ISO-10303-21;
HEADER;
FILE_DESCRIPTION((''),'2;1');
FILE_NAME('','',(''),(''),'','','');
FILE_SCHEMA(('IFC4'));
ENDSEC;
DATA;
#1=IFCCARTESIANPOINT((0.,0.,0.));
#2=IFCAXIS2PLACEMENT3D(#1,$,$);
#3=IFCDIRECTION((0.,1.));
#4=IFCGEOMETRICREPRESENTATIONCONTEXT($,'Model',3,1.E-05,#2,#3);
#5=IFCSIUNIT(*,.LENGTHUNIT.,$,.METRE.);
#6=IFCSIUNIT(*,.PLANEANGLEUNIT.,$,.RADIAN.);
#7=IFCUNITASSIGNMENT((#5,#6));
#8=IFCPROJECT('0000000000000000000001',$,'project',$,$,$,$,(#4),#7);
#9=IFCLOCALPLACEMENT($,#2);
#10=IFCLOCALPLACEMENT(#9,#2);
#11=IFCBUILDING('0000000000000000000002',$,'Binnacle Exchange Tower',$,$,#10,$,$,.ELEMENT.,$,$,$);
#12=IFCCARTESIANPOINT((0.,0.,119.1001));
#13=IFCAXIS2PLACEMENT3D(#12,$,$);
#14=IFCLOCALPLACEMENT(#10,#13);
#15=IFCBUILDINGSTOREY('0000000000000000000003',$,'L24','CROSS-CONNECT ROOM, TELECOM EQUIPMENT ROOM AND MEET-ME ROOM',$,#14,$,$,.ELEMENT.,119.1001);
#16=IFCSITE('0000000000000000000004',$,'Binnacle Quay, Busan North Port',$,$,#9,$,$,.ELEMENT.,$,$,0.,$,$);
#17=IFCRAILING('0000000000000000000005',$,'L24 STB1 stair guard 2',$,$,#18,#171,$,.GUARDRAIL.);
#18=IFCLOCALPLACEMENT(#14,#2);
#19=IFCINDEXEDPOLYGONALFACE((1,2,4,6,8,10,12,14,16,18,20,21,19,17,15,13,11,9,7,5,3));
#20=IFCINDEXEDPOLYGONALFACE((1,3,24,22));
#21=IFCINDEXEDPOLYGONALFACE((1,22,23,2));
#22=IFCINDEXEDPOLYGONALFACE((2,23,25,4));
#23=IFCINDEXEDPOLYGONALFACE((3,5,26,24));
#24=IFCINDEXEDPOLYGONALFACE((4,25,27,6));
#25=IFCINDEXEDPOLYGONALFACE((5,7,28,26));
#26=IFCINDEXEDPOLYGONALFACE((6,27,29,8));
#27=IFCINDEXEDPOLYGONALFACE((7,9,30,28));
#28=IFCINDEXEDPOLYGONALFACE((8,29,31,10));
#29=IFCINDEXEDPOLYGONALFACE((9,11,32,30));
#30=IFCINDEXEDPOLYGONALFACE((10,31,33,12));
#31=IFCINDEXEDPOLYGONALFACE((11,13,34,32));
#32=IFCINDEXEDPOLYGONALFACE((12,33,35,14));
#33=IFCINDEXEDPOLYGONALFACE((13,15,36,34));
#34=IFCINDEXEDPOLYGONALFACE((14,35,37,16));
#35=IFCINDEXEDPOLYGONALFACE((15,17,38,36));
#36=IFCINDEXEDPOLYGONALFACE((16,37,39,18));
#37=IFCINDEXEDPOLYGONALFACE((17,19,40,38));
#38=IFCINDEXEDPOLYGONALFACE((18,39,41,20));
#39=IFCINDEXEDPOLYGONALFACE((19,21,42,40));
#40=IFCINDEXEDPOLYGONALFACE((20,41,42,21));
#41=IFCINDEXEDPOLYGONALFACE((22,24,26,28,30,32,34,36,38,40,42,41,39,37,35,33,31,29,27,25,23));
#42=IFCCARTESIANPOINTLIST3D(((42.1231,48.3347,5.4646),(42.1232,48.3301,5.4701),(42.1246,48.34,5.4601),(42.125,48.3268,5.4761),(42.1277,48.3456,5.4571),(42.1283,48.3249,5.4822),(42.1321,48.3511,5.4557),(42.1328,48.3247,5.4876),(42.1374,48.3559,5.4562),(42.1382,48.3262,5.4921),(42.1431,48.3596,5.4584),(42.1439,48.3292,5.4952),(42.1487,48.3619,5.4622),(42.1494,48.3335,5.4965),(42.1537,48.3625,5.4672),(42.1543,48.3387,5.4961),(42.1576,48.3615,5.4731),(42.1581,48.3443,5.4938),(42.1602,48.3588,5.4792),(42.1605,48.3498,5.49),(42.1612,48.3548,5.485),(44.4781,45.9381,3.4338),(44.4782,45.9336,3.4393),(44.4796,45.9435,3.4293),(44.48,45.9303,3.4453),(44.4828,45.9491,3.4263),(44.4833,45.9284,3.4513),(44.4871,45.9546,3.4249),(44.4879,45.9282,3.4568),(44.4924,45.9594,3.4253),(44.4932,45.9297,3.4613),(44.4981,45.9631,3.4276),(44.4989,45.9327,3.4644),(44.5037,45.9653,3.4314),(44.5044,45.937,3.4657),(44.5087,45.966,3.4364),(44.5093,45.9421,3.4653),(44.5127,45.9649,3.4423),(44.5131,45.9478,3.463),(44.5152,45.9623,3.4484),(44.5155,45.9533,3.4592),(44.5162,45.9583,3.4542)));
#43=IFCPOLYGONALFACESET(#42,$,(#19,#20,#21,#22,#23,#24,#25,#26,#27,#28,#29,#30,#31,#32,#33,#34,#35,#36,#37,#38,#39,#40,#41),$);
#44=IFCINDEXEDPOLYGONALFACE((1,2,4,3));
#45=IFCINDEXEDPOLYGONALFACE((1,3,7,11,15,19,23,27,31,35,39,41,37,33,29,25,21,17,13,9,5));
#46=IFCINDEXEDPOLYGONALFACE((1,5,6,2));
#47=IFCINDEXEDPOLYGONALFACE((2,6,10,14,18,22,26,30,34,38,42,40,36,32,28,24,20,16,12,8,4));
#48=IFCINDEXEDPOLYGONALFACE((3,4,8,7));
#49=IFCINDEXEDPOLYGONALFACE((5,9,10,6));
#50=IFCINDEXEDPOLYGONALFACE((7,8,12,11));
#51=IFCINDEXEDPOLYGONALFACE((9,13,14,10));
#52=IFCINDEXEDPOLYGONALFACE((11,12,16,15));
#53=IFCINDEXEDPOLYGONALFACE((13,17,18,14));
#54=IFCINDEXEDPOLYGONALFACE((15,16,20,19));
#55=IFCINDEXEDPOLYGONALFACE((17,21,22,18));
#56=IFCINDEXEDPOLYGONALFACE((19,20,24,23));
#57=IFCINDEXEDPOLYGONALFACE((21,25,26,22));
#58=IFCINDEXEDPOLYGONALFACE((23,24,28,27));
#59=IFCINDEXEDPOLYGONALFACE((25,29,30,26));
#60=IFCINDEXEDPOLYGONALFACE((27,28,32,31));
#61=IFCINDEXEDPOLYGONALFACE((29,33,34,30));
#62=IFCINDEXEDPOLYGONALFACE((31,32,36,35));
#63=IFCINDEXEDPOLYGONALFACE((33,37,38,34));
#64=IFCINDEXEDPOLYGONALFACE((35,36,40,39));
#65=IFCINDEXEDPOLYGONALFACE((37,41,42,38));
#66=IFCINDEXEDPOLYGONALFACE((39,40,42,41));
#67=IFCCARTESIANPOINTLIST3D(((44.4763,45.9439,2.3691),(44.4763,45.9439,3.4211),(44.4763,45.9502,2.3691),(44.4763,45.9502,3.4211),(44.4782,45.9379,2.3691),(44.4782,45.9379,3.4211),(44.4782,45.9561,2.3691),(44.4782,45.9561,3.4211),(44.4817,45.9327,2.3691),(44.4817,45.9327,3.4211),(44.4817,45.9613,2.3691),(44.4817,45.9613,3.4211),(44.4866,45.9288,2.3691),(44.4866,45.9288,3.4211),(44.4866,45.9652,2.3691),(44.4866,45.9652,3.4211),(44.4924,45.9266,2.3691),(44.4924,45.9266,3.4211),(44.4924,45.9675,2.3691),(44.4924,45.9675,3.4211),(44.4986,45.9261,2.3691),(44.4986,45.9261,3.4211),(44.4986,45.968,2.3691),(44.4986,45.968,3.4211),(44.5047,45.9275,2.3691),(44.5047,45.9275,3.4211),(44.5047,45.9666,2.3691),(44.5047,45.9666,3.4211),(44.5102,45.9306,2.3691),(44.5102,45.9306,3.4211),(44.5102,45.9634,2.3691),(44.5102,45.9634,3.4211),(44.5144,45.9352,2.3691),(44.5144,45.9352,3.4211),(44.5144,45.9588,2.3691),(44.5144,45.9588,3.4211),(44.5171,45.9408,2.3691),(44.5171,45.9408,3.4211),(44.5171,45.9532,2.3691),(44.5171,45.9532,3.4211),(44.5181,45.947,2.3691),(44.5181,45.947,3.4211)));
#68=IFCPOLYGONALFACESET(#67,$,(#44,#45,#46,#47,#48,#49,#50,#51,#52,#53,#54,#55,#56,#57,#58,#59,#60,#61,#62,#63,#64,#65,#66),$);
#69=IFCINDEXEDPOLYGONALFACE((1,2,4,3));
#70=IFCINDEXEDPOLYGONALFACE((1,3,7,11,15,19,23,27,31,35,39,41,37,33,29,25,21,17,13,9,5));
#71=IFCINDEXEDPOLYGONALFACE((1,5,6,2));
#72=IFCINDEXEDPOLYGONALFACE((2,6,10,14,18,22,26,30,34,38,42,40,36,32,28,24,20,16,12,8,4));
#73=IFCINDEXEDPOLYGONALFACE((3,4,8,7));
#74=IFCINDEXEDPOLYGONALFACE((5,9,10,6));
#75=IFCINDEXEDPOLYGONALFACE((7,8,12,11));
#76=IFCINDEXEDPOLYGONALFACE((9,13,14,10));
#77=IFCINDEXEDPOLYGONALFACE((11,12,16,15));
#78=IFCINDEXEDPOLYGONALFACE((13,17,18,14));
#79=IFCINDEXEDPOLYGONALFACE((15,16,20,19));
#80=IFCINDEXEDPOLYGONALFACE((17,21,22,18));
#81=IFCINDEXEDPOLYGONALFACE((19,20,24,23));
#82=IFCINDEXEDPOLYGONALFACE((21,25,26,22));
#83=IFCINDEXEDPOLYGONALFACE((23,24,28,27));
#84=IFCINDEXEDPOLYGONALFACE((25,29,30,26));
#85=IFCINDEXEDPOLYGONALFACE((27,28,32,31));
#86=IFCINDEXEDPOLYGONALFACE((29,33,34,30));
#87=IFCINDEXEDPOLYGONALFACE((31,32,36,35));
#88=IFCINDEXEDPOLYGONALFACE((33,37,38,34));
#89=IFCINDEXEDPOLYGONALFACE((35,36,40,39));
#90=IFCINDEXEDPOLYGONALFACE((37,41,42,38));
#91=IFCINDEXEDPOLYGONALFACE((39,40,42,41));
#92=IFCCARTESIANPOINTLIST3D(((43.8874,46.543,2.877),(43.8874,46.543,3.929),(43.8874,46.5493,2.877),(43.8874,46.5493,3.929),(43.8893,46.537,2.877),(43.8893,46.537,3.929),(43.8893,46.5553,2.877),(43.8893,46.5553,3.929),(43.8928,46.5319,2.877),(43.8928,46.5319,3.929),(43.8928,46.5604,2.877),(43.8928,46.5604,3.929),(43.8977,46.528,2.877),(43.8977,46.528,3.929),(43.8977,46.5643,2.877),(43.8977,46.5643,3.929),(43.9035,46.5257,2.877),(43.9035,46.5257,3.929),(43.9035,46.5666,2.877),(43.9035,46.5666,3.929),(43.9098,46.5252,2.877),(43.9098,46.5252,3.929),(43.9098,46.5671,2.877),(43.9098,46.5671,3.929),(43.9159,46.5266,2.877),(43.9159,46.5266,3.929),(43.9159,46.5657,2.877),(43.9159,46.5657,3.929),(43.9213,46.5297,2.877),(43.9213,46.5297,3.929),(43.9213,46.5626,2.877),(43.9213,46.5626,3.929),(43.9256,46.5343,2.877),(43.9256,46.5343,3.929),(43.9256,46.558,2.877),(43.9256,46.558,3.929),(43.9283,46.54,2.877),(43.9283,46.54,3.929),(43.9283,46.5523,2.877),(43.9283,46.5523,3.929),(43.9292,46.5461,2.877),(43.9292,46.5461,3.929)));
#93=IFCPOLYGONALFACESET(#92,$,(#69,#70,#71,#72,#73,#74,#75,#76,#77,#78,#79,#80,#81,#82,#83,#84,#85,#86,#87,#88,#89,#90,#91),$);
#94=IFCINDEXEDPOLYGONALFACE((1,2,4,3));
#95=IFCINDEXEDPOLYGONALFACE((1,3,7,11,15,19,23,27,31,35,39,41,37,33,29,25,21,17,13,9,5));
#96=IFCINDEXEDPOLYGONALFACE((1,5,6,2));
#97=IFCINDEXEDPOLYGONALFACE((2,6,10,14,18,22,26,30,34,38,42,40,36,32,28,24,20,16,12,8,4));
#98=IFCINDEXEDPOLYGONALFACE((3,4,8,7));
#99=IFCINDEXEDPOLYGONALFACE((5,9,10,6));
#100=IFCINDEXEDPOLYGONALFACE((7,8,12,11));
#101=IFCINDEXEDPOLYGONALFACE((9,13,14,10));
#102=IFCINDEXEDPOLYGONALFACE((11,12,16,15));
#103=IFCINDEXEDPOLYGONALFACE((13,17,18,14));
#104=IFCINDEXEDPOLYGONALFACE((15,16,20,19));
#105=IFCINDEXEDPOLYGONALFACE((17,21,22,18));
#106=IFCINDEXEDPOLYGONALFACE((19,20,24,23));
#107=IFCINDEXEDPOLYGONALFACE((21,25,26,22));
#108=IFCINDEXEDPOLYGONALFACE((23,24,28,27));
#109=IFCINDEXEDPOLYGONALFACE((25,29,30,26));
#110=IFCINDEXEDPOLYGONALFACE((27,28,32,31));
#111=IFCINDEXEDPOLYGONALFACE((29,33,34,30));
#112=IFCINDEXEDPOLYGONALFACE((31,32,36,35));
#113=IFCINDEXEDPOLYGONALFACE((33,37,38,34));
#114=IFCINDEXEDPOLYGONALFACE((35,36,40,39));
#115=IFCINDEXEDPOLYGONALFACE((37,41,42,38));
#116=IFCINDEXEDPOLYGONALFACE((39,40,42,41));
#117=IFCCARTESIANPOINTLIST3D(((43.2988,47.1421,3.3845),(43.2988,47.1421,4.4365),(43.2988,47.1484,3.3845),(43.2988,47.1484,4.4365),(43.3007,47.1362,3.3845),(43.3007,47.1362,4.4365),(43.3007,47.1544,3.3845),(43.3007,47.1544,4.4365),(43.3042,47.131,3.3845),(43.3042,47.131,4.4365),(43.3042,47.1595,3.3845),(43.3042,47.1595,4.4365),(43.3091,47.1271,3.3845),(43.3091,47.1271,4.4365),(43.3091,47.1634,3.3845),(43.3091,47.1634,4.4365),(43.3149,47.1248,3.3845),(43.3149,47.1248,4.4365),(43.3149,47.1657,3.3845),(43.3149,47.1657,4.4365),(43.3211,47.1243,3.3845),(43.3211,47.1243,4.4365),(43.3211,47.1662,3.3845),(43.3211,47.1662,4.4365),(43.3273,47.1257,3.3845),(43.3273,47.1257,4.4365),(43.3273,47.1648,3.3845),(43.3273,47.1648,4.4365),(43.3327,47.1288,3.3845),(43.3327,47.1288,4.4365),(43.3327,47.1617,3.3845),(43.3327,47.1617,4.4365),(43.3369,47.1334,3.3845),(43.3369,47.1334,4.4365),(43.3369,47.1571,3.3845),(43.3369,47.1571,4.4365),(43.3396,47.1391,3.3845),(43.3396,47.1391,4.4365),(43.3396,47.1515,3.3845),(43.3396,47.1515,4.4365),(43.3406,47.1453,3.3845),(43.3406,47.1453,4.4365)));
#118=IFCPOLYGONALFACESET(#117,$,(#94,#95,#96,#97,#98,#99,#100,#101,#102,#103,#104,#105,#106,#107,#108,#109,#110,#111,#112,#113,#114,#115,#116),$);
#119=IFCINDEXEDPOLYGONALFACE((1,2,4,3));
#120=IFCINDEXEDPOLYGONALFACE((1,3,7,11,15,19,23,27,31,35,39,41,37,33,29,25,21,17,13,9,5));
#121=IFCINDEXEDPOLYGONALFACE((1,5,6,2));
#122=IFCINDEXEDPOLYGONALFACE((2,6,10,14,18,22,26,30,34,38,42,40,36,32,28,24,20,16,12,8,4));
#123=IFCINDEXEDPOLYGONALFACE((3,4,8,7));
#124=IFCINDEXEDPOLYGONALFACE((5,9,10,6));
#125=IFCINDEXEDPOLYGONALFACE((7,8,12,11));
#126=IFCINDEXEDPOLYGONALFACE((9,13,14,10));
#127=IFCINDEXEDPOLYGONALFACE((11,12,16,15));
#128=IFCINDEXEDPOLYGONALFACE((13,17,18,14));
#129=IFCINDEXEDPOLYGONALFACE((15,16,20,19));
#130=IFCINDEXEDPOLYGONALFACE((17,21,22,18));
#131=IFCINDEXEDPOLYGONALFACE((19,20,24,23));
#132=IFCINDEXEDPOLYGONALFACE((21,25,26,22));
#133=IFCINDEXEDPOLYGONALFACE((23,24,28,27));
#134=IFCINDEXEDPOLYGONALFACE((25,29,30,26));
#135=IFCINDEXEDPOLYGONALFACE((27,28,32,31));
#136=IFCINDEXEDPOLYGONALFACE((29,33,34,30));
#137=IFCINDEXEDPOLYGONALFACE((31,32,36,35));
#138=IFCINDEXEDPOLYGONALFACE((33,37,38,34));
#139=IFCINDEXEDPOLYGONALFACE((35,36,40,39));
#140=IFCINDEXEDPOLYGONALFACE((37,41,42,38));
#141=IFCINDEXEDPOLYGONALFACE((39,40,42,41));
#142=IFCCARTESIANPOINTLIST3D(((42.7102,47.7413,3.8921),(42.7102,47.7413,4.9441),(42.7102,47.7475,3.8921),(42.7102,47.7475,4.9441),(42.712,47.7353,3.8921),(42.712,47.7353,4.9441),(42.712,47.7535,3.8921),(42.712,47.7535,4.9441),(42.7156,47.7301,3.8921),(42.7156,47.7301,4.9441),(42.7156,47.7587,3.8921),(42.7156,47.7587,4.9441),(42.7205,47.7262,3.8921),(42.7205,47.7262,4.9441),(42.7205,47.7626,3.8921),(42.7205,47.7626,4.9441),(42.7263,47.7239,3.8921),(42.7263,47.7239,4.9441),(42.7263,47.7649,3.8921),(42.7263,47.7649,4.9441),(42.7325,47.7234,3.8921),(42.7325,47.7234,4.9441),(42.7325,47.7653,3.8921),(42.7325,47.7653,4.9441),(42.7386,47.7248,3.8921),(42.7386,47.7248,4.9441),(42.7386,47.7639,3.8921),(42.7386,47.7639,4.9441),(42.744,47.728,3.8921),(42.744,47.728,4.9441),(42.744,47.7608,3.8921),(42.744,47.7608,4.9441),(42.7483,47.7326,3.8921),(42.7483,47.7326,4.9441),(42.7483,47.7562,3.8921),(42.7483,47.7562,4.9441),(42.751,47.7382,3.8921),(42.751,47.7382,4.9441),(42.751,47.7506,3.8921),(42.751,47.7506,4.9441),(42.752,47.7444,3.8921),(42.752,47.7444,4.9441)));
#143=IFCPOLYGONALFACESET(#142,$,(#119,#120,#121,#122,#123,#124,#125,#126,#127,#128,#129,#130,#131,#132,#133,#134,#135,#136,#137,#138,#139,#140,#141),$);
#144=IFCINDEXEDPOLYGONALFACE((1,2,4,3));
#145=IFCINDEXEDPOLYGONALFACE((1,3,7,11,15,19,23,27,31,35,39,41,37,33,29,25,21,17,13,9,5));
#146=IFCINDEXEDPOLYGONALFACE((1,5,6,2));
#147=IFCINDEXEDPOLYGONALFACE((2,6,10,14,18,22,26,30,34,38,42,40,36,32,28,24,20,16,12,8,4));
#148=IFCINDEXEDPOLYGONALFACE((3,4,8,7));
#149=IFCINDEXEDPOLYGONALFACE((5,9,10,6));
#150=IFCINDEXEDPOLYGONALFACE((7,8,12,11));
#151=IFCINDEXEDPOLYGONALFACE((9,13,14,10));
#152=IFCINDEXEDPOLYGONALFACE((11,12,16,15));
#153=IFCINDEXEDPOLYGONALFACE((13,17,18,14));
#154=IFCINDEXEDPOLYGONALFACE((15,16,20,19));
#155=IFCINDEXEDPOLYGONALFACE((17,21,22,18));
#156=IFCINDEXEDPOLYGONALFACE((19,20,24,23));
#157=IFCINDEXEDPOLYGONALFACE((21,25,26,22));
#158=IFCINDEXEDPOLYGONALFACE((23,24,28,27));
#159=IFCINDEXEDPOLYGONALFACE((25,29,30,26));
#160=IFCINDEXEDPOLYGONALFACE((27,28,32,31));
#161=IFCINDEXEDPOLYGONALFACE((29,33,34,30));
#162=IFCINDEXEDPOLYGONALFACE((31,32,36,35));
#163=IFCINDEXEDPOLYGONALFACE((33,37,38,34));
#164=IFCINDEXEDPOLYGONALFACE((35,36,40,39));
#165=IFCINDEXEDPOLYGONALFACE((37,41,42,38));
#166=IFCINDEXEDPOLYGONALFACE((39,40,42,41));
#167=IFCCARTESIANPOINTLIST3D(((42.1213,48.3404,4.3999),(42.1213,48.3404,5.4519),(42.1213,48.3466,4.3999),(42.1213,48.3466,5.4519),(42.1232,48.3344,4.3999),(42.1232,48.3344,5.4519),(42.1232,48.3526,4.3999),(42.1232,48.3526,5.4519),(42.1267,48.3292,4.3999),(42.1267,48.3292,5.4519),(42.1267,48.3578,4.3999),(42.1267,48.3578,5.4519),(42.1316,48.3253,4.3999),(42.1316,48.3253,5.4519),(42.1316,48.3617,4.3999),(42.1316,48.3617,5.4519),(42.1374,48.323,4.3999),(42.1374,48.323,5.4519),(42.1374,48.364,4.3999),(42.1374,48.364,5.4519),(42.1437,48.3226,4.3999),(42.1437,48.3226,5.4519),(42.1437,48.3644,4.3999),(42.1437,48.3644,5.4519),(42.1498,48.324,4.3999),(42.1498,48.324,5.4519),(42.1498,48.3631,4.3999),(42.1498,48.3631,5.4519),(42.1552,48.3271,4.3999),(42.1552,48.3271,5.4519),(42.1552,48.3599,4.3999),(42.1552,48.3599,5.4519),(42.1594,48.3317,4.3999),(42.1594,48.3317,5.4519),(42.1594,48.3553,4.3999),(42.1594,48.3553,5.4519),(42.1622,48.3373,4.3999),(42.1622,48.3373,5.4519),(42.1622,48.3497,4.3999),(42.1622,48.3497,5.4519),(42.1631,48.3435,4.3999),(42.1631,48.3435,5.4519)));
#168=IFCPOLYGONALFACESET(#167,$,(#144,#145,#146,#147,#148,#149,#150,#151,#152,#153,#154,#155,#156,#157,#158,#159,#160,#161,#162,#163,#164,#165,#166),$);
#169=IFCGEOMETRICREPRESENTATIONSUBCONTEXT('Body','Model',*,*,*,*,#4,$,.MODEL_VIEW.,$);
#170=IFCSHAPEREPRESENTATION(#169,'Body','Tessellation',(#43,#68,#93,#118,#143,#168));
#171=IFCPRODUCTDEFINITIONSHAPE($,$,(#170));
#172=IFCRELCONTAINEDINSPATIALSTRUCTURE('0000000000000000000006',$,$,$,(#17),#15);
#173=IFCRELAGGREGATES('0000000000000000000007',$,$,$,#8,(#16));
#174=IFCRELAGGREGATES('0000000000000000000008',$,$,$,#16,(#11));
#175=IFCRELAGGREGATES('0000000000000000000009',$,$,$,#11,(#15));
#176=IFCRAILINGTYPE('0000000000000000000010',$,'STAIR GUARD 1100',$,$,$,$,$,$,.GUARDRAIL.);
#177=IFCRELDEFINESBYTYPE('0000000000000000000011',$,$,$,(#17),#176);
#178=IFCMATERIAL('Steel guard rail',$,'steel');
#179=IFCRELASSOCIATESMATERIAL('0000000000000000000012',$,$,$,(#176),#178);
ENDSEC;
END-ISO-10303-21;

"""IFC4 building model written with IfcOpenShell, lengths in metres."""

from ifc_helpers import new_model, si_unit, direction, frame, origin, origin_2d, place, context, subcontext, project, spatial, circle, extrude, material, type_object, element, save


model = new_model("IFC4")

# Units and contexts
model_context = context("Model", 3, precision=1e-05, world=origin(), true_north=direction((0.0, 1.0)))
body_context = subcontext(model_context, "Body", "Model", "MODEL_VIEW")
ifc_project = project(units=[si_unit("LENGTHUNIT", "METRE"), si_unit("PLANEANGLEUNIT", "RADIAN")], contexts=[model_context])

# Site, building, storey
site_placement = place(None, origin())
site = spatial("IfcSite", under=ifc_project, at=site_placement, Name="Binnacle Quay, Busan North Port", CompositionType="ELEMENT", RefElevation=0.0)
building_placement = place(site_placement, origin())
building = spatial("IfcBuilding", under=site, at=building_placement, Name="Binnacle Exchange Tower", CompositionType="ELEMENT")
storey_placement = place(building_placement, frame((0.0, 0.0, 119.1001)))
storey = spatial("IfcBuildingStorey", under=building, at=storey_placement, Name="L24", Description="CROSS-CONNECT ROOM, TELECOM EQUIPMENT ROOM AND MEET-ME ROOM", CompositionType="ELEMENT", Elevation=119.1001)

# Railing
ifc_material_1 = material(Name="Steel guard rail", Category="steel")
railing_type_1 = type_object("IfcRailingType", Name="STAIR GUARD 1100", PredefinedType="GUARDRAIL", material=ifc_material_1)
railing_1_placement = place(storey_placement, frame((44.4971, 45.947, 2.3691)))
element("IfcRailing", 1, at=railing_1_placement, inside=storey, type_object=railing_type_1, Name="L24 STB1 stair guard 2", PredefinedType="GUARDRAIL", context=body_context, shape_type="SweptSolid", body=[
    extrude(circle(Radius=0.0239, at=origin_2d()), frame((0.0, 0.0, 1.0762), z_axis=(-0.59985, 0.610422, 0.517267), x_axis=(-0.713256, -0.700903, 0.0)), (0.0, 0.0, 1.0), 3.926),
    extrude(circle(Radius=0.021, at=origin_2d()), origin(), (0.0, 0.0, 1.0), 1.052),
    extrude(circle(Radius=0.021, at=origin_2d()), frame((-0.5889, 0.5991, 0.5078)), (0.0, 0.0, 1.0), 1.052),
    extrude(circle(Radius=0.021, at=origin_2d()), frame((-1.1775, 1.1982, 1.0154)), (0.0, 0.0, 1.0), 1.052),
    extrude(circle(Radius=0.021, at=origin_2d()), frame((-1.7661, 1.7974, 1.5229)), (0.0, 0.0, 1.0), 1.052),
    extrude(circle(Radius=0.021, at=origin_2d()), frame((-2.355, 2.3965, 2.0308)), (0.0, 0.0, 1.0), 1.052),
])

save(model, "model.ifc")
